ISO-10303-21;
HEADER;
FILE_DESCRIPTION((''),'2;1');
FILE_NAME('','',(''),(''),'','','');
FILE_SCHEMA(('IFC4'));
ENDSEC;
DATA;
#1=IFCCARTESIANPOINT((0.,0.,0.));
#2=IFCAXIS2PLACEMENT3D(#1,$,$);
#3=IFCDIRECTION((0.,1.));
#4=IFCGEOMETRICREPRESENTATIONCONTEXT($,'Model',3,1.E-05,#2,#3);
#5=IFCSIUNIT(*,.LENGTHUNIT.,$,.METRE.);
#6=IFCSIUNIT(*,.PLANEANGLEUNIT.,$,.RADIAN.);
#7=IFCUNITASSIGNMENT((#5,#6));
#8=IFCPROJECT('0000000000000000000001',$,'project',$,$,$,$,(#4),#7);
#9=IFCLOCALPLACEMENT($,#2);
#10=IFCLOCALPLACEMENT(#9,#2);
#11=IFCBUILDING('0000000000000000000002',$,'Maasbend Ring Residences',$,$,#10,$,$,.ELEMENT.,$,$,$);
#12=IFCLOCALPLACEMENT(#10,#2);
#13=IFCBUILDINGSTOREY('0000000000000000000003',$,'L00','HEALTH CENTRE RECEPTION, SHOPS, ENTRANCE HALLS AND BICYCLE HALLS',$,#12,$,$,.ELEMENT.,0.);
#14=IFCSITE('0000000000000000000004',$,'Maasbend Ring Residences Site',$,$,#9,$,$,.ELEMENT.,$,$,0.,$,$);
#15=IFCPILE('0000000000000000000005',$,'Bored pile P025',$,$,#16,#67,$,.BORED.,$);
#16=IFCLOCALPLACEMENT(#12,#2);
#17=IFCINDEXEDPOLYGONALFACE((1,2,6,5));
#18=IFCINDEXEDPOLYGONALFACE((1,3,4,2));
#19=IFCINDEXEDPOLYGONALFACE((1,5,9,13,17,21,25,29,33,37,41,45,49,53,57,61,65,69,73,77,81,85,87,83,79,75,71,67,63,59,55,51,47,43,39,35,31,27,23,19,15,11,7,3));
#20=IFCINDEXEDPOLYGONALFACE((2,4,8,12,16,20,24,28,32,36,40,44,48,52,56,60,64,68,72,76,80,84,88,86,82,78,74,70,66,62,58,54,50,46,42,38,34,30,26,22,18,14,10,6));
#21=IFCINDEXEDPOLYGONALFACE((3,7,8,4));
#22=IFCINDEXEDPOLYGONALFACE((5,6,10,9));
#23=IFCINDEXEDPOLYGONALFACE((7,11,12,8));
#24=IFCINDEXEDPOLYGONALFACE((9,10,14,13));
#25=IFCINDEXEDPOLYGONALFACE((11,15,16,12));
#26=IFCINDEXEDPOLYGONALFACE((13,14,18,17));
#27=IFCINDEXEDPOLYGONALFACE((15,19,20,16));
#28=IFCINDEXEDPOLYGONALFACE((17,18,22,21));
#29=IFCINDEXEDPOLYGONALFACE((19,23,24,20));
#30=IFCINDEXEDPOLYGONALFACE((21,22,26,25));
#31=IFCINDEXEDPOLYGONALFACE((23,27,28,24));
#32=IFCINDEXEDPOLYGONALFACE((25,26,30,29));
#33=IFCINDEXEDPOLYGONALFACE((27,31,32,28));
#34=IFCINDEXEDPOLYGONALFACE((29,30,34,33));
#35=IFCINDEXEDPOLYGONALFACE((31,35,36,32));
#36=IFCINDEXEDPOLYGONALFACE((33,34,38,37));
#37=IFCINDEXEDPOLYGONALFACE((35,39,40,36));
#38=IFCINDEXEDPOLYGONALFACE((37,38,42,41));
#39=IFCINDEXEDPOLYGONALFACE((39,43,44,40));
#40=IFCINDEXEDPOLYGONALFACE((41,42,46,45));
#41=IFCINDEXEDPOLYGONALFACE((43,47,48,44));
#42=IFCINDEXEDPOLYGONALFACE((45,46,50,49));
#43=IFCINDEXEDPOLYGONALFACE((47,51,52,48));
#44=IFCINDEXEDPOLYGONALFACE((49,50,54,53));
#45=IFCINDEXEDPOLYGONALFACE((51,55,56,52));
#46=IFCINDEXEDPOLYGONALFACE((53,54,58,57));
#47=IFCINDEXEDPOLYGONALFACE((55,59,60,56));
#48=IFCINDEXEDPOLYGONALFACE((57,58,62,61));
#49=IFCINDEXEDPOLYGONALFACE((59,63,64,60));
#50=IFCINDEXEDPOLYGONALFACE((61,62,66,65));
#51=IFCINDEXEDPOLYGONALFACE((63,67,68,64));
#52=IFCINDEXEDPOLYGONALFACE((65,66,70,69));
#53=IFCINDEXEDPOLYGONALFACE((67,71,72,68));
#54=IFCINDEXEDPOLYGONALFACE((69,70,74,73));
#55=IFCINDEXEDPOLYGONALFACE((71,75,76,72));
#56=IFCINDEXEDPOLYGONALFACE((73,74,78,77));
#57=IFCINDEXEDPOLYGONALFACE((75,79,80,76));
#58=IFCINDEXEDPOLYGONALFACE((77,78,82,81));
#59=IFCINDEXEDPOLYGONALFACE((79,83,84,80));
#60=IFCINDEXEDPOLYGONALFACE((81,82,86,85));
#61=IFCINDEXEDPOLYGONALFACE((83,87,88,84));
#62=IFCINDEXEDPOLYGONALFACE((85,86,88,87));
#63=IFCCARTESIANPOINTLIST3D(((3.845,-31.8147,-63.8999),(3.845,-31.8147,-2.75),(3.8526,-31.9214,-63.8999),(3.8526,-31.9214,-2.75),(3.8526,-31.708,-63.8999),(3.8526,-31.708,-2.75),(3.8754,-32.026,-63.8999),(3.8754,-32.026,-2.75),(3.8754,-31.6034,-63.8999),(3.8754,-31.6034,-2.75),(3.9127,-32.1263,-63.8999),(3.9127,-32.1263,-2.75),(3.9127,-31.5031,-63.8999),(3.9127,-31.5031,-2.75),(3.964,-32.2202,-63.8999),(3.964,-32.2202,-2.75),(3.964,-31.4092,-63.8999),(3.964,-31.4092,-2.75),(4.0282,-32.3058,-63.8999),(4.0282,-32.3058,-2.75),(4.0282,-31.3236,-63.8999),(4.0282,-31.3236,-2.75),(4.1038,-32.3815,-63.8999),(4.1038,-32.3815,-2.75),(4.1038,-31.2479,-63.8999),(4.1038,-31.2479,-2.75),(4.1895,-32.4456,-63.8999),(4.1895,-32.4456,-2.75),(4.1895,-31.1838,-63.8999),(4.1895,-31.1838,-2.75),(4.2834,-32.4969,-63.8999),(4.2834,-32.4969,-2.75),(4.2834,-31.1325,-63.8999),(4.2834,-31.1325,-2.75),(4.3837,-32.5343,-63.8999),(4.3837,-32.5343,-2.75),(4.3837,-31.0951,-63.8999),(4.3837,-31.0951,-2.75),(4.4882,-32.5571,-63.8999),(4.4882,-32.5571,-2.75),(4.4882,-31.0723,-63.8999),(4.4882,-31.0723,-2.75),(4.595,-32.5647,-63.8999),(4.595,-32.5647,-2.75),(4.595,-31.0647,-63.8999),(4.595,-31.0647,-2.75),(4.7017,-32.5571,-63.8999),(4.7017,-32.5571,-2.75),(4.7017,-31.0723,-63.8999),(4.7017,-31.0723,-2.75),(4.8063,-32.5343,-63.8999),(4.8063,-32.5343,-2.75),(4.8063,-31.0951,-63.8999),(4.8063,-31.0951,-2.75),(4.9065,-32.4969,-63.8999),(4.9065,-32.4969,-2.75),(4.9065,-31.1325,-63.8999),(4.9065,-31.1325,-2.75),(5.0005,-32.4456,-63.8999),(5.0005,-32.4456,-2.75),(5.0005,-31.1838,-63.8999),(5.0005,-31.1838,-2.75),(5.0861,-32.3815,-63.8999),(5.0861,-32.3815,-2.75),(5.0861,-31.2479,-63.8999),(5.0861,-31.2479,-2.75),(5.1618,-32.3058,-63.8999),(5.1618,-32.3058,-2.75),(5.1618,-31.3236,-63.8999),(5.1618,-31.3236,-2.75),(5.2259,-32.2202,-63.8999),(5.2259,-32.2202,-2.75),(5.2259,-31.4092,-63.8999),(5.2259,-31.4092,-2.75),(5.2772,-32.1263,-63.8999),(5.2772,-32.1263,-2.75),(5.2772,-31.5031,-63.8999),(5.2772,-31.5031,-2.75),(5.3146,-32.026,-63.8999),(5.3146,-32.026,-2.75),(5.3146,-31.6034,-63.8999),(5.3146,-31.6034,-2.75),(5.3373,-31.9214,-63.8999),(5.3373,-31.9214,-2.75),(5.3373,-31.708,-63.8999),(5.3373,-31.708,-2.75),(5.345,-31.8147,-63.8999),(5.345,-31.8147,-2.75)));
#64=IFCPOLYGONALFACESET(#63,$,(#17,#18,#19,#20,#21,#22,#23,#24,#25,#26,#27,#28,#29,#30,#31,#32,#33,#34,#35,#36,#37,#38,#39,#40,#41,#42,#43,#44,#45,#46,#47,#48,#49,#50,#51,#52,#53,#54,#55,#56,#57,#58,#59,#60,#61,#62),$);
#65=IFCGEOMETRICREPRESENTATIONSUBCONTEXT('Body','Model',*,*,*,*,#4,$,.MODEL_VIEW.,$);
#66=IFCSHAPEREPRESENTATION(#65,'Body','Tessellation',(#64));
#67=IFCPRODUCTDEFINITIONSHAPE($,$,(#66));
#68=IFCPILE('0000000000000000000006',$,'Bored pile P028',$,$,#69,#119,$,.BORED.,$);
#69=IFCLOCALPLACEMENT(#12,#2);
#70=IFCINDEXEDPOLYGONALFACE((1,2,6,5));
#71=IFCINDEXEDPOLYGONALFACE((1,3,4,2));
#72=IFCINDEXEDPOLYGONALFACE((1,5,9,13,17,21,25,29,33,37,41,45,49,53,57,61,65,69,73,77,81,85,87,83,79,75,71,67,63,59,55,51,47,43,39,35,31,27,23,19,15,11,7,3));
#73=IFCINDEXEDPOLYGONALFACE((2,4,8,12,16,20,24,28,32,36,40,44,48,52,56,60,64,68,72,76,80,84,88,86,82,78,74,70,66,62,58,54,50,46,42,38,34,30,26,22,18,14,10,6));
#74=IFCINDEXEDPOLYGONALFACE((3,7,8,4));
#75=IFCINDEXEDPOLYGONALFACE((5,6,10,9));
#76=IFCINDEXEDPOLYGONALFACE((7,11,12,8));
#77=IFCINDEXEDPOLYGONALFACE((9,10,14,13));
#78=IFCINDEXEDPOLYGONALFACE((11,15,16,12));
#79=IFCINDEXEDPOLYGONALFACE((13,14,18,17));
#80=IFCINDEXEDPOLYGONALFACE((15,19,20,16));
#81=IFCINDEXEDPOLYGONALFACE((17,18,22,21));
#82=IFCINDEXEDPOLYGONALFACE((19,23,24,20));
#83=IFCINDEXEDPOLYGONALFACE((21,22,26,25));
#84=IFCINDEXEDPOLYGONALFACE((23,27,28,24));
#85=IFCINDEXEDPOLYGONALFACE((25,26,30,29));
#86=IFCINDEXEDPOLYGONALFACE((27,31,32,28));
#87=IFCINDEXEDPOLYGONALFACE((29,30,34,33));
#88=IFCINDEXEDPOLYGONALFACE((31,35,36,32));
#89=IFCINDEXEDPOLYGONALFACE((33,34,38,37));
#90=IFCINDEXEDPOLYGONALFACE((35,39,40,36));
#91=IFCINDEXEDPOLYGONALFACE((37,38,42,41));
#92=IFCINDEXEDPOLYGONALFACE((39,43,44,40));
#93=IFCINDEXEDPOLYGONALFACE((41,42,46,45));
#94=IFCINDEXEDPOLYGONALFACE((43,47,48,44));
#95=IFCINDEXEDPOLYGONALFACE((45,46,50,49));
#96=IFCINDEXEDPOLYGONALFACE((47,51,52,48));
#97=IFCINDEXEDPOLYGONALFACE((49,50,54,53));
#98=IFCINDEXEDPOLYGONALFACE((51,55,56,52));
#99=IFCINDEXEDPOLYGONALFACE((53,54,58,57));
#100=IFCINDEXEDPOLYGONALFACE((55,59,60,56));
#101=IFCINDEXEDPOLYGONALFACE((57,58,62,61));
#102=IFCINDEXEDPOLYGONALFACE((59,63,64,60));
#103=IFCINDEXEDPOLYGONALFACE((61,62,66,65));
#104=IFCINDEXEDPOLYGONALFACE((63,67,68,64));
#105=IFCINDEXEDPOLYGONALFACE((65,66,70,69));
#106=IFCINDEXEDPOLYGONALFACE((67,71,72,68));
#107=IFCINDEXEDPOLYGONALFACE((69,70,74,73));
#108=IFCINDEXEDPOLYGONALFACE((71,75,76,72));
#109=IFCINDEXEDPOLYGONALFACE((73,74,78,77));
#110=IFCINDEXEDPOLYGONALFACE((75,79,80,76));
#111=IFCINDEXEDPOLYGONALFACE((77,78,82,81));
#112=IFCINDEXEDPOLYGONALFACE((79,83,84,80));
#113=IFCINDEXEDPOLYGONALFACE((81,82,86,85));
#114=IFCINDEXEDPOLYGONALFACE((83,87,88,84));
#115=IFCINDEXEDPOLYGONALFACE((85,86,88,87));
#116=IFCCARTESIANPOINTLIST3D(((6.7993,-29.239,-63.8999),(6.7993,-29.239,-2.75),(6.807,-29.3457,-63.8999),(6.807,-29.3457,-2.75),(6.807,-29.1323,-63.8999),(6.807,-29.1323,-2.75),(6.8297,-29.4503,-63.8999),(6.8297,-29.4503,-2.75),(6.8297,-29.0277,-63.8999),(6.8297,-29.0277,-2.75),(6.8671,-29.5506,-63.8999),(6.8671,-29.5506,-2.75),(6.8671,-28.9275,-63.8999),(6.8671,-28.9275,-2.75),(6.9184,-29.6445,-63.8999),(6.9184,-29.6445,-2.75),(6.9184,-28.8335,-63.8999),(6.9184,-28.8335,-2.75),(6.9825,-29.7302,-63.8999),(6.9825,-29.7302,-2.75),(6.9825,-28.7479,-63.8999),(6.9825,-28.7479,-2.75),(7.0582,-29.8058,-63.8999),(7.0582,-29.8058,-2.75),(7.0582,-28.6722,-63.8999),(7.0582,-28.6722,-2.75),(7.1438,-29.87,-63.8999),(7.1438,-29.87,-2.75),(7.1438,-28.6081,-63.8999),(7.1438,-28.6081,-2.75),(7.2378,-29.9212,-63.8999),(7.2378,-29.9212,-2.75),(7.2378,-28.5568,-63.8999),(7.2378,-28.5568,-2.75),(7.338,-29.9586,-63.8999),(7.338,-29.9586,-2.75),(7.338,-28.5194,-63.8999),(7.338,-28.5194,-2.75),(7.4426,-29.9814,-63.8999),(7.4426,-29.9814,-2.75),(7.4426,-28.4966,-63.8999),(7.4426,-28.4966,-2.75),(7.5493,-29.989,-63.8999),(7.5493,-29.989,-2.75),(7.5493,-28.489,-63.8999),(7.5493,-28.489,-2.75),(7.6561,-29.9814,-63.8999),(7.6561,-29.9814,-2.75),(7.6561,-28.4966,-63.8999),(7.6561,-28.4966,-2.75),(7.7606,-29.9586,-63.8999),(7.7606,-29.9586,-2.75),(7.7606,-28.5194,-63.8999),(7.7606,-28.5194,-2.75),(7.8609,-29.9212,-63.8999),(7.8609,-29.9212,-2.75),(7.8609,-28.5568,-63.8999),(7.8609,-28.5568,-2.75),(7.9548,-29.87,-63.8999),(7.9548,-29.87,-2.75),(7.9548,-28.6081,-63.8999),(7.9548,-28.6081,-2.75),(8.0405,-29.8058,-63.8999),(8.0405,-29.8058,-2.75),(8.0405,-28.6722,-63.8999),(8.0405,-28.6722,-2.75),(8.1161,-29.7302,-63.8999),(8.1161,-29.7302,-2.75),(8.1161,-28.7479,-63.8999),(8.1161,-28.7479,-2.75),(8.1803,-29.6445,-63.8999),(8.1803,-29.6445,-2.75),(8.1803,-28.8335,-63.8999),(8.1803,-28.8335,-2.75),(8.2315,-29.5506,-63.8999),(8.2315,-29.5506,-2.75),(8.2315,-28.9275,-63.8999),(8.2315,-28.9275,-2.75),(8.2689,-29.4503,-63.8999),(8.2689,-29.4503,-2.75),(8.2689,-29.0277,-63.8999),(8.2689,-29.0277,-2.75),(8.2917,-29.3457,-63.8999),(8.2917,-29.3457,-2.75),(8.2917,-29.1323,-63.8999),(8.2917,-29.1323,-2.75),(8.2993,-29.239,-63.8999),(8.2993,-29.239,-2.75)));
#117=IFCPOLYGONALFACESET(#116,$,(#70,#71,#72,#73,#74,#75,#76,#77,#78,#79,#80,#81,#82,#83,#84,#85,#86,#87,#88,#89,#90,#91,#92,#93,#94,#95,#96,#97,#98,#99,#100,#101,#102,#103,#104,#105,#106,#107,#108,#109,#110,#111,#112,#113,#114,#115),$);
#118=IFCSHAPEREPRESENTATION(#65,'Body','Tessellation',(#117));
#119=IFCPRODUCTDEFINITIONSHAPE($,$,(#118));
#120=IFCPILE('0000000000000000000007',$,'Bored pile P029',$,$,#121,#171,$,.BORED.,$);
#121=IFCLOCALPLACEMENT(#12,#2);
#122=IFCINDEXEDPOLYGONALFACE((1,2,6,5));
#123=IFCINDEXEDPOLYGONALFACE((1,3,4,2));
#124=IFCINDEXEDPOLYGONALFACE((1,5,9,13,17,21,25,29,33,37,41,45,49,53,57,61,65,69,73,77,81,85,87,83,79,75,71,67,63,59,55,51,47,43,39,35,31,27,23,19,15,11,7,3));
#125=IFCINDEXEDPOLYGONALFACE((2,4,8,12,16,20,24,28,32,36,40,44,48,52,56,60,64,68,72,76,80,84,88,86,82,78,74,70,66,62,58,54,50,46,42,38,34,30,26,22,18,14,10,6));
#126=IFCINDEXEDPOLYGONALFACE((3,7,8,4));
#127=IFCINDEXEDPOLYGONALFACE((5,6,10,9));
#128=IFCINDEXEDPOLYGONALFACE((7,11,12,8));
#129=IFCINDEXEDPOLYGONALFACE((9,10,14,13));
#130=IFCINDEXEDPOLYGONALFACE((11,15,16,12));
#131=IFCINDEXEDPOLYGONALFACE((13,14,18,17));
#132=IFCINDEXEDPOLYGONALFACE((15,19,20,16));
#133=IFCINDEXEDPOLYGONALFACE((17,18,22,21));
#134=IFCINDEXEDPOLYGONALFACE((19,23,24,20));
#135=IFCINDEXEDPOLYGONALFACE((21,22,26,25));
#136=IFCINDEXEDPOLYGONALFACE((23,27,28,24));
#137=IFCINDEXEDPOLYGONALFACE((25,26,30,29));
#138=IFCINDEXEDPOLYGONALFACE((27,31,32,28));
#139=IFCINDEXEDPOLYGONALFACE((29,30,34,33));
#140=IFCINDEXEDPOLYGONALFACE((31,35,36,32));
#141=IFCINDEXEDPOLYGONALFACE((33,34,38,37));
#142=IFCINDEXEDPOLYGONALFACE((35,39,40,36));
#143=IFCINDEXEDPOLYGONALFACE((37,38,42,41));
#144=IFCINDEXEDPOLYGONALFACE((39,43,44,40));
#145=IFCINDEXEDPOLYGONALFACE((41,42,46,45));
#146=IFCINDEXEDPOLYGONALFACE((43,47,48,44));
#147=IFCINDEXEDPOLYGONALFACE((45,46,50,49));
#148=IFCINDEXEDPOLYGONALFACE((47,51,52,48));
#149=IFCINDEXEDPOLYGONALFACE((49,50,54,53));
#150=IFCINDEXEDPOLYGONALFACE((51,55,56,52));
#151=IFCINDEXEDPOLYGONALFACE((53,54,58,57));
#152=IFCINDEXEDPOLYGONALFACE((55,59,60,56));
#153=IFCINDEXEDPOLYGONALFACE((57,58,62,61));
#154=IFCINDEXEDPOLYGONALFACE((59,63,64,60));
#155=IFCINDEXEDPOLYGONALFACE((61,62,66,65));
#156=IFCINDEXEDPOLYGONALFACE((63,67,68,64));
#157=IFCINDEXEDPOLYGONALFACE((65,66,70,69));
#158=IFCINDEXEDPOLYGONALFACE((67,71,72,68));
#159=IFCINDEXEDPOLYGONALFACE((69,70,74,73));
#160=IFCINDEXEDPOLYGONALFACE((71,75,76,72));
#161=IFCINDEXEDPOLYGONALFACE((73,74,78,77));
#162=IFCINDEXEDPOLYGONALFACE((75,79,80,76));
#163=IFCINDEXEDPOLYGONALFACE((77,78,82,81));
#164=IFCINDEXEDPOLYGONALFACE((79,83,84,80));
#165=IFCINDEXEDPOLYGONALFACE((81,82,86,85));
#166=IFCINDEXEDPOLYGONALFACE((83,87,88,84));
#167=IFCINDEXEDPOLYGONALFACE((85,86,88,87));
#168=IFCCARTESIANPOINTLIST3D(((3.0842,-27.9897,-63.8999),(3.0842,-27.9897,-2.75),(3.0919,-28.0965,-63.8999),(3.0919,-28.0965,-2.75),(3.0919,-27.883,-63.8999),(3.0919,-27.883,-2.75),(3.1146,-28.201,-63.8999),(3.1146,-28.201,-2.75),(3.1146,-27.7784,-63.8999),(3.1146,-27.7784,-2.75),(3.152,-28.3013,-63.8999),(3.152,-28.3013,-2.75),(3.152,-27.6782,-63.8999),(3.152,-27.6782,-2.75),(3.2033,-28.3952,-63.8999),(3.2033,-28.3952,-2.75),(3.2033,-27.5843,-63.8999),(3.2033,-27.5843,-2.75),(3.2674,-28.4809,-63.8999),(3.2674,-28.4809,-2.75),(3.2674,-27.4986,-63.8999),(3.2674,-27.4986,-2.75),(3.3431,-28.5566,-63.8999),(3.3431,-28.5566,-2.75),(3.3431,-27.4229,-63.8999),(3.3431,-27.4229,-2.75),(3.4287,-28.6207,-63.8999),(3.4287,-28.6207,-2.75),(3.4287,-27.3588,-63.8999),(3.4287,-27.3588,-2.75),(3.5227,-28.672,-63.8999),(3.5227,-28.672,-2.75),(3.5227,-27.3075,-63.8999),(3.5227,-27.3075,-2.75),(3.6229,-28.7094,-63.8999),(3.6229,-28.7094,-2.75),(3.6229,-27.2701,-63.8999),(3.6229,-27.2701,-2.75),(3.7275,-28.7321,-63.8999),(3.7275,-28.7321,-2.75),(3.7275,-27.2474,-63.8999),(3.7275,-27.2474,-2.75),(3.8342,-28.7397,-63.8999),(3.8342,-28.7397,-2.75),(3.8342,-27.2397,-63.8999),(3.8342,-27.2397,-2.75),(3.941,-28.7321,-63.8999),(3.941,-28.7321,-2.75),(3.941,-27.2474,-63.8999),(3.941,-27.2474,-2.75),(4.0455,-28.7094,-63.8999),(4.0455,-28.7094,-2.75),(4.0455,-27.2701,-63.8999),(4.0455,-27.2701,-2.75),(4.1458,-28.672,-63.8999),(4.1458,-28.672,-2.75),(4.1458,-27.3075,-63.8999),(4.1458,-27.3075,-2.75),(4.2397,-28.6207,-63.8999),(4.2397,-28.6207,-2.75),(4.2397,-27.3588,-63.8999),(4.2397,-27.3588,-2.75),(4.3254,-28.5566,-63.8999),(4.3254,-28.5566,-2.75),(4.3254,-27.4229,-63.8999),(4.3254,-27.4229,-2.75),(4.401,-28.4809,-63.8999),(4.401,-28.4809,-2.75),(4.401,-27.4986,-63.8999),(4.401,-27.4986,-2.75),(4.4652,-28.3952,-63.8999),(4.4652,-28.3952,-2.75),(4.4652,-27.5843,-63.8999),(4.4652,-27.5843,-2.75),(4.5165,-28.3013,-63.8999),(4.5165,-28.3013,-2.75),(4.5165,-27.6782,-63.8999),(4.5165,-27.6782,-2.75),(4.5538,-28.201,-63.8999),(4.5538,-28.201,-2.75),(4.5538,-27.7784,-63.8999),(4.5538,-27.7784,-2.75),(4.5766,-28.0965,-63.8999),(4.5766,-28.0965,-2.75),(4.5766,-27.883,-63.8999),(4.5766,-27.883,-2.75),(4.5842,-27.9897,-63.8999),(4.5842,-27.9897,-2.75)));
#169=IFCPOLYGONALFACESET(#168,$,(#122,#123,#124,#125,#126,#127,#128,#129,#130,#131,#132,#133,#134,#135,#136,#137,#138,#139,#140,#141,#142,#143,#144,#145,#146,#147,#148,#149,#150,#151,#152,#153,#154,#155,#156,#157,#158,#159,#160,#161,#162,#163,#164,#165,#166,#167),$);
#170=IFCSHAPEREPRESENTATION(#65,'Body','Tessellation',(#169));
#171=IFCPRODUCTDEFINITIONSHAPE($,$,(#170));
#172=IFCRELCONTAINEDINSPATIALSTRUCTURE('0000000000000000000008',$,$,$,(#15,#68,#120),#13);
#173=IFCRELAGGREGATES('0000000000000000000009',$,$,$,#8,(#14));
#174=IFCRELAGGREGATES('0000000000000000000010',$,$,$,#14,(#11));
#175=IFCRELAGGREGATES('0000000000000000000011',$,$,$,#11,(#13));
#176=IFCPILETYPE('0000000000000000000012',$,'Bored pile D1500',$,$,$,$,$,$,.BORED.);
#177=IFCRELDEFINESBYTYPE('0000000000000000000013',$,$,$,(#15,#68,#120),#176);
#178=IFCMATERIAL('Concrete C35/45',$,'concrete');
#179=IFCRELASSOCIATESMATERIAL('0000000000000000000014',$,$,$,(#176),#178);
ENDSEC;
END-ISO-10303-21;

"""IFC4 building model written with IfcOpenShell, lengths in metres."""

from ifc_helpers import new_model, si_unit, direction, frame, origin, origin_2d, place, context, subcontext, project, spatial, circle, extrude, material, material_profile, profile_set, type_object, element, save


model = new_model("IFC4")

# Units and contexts
model_context = context("Model", 3, precision=1e-05, world=origin(), true_north=direction((0.0, 1.0)))
body_context = subcontext(model_context, "Body", "Model", "MODEL_VIEW")
ifc_project = project(units=[si_unit("LENGTHUNIT", "METRE"), si_unit("PLANEANGLEUNIT", "RADIAN")], contexts=[model_context])

# Site, building, storey
site_placement = place(None, origin())
site = spatial("IfcSite", under=ifc_project, at=site_placement, Name="Maasbend Ring Residences Site", CompositionType="ELEMENT", RefElevation=0.0)
building_placement = place(site_placement, origin())
building = spatial("IfcBuilding", under=site, at=building_placement, Name="Maasbend Ring Residences", CompositionType="ELEMENT")
storey_placement = place(building_placement, origin())
storey = spatial("IfcBuildingStorey", under=building, at=storey_placement, Name="L00", Description="HEALTH CENTRE RECEPTION, SHOPS, ENTRANCE HALLS AND BICYCLE HALLS", CompositionType="ELEMENT", Elevation=0.0)

# Piles
ifc_material_1 = material(Name="Concrete C35/45", Category="concrete")
ifc_material_profile_1 = material_profile(ifc_material_1, circle(Radius=0.75, at=origin_2d()), Name="Bored pile D1500")
ifc_profile_set_1 = profile_set([ifc_material_profile_1], Name="Concrete C35/45")
pile_type = type_object("IfcPileType", Name="Bored pile D1500", PredefinedType="BORED", material=ifc_profile_set_1)
for number, where, z_axis, x_axis, name in (
    (1, (4.595, -31.8147, -2.75), (0.0, 0.0, -1.0), (1.0, 0.0, 0.0), "Bored pile P025"),
    (2, (7.5493, -29.239, -2.75), (0.0, 0.0, -1.0), (1.0, 0.0, 0.0), "Bored pile P028"),
    (3, (3.8342, -27.9897, -2.75), (0.0, 0.0, -1.0), (1.0, 0.0, 0.0), "Bored pile P029"),
):
    element("IfcPile", number, at=place(storey_placement, frame(where, z_axis=z_axis, x_axis=x_axis)), inside=storey, type_object=pile_type, Name=name, PredefinedType="BORED", context=body_context, shape_type="SweptSolid", body=[
        extrude(circle(Radius=0.75, at=origin_2d()), origin(), (0.0, 0.0, 1.0), 61.1499),
    ])

save(model, "model.ifc")
